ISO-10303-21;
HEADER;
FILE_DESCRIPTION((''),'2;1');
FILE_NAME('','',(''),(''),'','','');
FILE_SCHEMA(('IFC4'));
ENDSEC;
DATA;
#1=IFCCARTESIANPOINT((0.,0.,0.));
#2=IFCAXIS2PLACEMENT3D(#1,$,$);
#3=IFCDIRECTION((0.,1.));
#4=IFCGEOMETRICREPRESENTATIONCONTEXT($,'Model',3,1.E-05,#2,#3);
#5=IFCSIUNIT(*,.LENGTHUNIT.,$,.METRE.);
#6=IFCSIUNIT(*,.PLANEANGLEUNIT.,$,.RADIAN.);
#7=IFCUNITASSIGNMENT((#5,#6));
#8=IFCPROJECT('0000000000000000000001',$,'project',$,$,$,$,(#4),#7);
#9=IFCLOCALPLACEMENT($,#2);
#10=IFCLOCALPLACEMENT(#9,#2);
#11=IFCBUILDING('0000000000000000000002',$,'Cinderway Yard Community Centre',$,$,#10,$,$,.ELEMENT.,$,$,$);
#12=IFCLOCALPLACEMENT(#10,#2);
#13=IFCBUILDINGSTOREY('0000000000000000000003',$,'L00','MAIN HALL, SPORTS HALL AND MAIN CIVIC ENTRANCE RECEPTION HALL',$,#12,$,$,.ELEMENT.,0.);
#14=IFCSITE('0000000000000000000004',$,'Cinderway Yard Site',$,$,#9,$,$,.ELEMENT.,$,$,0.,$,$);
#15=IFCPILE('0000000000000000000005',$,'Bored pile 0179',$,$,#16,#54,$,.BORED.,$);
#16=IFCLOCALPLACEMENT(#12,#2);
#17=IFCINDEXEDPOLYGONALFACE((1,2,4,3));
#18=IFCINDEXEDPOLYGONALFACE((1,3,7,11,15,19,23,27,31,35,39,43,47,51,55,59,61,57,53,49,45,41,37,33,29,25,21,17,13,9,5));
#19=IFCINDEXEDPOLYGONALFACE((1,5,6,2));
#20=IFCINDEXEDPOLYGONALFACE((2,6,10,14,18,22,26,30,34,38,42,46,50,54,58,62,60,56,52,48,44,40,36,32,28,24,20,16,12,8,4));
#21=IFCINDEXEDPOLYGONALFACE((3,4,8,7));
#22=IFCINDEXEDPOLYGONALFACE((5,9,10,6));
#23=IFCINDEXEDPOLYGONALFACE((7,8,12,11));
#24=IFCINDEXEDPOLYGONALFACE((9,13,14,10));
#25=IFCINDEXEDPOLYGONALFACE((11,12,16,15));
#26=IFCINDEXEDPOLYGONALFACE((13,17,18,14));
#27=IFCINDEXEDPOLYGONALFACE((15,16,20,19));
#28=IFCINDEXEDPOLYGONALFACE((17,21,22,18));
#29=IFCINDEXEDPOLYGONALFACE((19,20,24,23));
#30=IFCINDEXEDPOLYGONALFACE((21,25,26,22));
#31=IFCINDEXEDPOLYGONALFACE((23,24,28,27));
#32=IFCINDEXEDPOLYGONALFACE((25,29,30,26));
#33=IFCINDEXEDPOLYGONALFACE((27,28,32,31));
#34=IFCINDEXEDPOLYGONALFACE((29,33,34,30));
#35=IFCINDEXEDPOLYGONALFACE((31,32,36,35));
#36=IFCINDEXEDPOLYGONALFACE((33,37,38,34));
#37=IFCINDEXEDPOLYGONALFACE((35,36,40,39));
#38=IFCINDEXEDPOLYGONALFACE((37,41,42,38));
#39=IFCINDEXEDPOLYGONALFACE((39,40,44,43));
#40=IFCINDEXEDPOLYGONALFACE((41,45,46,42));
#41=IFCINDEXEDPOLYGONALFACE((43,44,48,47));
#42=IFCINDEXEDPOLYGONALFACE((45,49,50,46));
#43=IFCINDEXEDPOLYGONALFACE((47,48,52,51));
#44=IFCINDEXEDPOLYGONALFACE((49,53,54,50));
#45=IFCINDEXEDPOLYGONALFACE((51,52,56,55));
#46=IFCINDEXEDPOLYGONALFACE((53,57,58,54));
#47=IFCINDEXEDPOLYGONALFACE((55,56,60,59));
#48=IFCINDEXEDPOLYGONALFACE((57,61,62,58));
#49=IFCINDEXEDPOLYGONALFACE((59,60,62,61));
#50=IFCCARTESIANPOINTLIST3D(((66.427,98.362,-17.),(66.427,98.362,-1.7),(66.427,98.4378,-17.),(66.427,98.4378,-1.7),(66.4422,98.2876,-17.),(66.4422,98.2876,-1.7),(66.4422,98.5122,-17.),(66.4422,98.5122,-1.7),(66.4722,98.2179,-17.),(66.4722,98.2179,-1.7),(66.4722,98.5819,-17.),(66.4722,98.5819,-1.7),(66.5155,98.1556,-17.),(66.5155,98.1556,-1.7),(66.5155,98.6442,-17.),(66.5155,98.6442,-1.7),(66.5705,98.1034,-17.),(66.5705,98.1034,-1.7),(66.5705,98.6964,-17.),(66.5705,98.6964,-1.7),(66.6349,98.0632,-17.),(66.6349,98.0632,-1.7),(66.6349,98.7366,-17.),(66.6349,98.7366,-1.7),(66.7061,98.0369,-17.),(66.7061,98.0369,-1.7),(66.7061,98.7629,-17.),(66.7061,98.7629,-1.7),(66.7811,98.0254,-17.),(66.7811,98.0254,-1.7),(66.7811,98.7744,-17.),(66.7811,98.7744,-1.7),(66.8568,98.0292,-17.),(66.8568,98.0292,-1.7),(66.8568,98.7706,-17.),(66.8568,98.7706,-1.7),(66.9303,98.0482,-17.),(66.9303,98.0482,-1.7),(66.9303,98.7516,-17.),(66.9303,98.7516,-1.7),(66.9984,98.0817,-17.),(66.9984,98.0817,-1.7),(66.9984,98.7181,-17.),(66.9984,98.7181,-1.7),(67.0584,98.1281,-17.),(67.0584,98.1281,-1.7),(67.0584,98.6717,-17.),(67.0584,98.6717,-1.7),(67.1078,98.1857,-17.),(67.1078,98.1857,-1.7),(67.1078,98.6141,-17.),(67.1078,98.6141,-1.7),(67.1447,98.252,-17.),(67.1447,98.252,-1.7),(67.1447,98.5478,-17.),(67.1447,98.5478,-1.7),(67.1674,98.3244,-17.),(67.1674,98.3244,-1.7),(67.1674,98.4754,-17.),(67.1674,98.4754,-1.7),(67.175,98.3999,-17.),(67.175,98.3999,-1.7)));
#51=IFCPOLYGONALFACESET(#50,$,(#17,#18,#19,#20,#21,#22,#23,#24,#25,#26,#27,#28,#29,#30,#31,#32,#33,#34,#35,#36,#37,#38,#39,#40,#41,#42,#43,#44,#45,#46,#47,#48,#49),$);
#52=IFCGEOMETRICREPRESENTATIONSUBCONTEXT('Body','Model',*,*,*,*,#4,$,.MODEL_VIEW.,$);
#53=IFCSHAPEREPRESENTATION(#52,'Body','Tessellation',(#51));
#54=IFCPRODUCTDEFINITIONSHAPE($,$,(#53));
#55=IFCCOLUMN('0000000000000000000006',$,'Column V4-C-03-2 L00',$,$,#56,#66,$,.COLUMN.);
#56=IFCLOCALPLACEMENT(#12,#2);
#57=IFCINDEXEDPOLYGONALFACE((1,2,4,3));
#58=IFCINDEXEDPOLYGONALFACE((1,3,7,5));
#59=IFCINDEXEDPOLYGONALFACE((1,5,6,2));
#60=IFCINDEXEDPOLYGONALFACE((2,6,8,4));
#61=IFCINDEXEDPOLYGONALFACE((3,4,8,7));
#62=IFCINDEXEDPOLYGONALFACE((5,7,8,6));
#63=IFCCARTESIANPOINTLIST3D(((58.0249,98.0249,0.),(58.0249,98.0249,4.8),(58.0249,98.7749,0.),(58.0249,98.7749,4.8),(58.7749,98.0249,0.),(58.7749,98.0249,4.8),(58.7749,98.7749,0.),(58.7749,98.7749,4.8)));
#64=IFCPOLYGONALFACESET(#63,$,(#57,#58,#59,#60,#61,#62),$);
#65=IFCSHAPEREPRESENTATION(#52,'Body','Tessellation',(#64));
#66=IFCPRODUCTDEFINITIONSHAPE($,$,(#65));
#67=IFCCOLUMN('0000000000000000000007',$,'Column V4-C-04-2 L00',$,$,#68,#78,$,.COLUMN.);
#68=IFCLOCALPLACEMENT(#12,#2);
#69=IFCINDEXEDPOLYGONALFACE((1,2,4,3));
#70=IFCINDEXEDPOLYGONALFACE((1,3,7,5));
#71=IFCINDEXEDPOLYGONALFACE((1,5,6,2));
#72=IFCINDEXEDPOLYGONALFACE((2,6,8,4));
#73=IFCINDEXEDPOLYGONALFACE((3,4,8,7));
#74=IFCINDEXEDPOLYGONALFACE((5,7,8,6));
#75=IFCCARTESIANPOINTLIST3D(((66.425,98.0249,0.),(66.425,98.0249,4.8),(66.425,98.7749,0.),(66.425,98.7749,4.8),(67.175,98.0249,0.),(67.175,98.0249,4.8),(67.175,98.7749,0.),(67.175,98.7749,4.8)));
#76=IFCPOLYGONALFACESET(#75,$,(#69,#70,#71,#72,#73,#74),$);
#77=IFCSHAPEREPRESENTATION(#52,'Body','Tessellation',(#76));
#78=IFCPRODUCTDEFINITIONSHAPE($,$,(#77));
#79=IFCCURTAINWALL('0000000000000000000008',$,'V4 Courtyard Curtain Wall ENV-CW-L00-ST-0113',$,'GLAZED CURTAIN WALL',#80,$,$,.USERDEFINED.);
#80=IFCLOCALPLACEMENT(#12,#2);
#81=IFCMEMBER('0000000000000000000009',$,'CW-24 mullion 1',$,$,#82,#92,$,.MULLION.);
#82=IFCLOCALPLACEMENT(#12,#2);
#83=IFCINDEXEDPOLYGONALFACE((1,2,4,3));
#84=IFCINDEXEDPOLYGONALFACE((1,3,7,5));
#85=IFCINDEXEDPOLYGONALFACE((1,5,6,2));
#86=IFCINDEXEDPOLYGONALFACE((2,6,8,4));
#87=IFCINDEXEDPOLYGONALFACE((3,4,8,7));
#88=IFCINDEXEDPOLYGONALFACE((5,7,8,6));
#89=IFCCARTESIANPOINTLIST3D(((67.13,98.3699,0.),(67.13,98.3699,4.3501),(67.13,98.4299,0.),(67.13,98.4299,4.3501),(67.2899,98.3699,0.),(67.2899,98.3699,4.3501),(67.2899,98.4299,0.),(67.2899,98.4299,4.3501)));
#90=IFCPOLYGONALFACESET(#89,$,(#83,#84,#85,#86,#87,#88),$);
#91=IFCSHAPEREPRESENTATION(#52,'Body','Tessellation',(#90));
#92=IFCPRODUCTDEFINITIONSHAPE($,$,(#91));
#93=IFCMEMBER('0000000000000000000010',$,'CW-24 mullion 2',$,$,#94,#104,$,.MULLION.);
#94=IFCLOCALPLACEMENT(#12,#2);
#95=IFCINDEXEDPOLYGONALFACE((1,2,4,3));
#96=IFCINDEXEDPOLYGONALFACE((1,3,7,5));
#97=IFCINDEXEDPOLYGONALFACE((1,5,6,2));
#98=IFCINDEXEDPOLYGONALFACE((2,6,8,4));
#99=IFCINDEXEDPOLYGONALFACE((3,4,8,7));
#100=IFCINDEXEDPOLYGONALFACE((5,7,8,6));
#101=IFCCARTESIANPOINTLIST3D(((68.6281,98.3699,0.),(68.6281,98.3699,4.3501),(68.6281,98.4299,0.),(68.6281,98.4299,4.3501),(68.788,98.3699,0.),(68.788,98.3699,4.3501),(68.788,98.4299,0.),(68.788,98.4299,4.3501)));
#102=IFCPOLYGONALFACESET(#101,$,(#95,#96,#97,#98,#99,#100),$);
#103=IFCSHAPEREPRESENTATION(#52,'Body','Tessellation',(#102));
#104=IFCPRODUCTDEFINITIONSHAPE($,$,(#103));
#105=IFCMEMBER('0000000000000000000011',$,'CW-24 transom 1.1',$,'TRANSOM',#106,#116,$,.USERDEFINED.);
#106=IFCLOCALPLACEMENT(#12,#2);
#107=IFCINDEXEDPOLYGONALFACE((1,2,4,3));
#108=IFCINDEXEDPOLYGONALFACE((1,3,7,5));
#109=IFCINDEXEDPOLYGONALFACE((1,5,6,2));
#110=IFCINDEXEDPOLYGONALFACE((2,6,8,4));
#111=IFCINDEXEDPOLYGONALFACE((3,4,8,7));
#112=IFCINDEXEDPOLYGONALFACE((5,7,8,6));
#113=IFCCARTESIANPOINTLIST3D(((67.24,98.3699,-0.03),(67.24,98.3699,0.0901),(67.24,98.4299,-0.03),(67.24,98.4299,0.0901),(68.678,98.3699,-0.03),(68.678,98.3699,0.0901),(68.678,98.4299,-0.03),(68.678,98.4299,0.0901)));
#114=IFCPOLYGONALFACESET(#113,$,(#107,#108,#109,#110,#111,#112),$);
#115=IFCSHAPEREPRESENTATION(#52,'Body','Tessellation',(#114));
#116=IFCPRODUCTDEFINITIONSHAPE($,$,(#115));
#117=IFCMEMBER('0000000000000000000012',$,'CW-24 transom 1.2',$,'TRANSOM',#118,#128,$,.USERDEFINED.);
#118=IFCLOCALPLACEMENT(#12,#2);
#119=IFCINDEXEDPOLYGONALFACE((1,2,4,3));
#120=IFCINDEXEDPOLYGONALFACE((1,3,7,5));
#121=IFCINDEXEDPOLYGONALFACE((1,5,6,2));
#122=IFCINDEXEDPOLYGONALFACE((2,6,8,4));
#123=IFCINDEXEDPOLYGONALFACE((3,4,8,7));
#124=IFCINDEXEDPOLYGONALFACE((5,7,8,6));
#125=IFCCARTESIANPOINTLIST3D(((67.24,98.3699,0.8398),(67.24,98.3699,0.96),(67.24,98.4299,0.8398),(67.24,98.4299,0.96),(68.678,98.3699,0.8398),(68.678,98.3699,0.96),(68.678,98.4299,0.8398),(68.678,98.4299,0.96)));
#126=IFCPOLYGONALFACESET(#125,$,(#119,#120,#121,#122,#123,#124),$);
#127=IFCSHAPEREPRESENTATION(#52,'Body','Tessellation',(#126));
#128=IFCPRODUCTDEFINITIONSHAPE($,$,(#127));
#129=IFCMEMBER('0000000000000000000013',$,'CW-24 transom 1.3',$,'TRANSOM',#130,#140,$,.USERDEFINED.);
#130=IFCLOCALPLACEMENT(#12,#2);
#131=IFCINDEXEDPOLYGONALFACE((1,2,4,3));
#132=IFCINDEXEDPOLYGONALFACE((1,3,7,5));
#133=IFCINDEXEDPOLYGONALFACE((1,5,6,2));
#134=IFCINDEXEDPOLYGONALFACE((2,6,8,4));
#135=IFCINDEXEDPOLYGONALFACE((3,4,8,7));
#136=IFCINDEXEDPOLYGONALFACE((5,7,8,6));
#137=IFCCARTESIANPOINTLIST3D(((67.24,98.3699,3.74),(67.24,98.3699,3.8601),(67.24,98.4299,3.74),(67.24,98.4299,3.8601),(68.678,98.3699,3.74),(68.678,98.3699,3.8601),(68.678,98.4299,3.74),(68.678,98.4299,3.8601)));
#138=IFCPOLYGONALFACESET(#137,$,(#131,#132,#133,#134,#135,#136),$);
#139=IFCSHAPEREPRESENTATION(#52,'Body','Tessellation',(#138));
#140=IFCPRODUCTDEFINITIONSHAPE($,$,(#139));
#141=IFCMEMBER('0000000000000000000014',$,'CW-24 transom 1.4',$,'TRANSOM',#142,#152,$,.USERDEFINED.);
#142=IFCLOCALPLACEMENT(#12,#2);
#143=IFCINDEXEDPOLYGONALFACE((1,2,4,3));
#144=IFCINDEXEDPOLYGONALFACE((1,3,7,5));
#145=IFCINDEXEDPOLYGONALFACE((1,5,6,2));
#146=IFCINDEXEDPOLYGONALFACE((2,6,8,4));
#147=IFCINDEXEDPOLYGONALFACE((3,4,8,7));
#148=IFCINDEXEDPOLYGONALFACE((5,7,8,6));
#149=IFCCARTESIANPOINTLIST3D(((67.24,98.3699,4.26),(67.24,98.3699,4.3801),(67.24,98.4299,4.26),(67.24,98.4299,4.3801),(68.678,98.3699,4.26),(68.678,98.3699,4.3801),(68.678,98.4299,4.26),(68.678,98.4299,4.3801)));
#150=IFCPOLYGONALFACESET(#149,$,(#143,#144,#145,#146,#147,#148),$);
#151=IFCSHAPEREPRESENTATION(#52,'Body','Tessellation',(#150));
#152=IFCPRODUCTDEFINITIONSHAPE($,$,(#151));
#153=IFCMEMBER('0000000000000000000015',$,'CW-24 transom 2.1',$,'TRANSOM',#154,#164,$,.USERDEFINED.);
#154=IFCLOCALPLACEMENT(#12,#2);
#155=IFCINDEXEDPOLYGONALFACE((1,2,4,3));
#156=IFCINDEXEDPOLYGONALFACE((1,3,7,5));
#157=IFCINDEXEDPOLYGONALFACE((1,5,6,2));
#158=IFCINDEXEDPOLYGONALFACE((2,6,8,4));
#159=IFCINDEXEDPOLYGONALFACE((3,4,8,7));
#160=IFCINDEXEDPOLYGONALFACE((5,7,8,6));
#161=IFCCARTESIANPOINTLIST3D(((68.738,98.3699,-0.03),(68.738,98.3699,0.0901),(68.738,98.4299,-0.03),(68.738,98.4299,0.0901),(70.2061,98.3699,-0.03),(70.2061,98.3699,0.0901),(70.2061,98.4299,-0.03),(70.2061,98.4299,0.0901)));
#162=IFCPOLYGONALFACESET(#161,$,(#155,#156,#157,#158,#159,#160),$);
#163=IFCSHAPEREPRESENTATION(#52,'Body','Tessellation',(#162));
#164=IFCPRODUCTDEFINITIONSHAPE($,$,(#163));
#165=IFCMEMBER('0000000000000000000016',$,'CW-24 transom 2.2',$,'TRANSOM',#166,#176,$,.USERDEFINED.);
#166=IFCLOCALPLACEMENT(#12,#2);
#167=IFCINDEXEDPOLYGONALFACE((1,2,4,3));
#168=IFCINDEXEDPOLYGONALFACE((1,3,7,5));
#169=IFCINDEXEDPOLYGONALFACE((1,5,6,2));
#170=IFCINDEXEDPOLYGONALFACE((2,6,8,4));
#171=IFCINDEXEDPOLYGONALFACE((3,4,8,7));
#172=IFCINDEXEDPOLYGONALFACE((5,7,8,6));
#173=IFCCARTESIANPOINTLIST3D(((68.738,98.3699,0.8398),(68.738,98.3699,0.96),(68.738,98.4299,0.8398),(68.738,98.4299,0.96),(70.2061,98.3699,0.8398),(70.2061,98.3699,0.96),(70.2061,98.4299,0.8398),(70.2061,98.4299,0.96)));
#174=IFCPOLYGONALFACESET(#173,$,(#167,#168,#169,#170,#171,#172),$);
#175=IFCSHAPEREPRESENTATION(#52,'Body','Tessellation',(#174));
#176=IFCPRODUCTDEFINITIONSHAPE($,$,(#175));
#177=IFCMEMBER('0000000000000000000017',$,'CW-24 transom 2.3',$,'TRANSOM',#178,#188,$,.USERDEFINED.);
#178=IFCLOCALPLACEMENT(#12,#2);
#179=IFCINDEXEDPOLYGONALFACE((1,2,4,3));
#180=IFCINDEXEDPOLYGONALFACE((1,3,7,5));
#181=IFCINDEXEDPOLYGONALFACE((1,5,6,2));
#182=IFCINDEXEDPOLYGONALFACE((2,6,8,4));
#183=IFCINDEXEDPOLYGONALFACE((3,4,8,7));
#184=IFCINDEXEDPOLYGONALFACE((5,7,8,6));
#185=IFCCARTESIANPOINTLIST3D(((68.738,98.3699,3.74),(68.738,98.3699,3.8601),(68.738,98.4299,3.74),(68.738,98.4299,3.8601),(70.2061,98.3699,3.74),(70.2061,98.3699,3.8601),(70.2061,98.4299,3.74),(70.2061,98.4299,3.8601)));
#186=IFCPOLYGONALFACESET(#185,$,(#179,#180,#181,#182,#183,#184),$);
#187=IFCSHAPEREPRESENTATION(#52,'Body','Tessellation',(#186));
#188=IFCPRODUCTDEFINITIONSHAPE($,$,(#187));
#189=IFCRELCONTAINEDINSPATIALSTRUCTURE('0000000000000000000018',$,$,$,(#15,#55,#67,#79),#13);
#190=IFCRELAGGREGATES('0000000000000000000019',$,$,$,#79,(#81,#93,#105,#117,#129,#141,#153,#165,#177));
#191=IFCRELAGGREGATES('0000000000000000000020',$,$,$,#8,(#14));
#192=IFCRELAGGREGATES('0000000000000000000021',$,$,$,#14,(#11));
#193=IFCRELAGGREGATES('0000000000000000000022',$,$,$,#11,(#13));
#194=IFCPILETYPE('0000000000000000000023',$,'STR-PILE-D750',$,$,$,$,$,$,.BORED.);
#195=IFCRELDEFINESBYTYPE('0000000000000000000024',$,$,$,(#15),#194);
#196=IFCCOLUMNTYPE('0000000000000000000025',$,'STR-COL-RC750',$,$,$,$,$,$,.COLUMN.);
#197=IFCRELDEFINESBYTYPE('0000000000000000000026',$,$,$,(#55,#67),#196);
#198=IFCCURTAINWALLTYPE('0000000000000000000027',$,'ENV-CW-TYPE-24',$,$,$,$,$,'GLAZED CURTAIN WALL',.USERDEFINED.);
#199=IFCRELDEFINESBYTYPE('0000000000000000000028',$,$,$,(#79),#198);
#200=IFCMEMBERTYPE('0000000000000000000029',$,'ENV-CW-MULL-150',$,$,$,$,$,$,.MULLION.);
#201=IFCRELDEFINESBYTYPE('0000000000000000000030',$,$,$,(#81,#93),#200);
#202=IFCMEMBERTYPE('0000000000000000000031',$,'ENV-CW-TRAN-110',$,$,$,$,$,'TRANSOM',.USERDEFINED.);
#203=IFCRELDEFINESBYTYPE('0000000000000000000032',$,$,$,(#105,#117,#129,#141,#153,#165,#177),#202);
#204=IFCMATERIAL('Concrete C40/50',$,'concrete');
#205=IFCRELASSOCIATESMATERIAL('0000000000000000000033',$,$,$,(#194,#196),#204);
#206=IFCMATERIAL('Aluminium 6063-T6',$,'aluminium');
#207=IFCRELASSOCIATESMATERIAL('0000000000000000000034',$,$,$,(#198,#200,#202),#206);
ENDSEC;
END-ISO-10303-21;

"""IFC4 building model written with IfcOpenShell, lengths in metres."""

from ifc_helpers import new_model, si_unit, direction, frame, origin, origin_2d, place, context, subcontext, project, spatial, rectangle, circle, extrude, material, material_profile, profile_set, type_object, element, aggregate, save


model = new_model("IFC4")

# Units and contexts
model_context = context("Model", 3, precision=1e-05, world=origin(), true_north=direction((0.0, 1.0)))
body_context = subcontext(model_context, "Body", "Model", "MODEL_VIEW")
ifc_project = project(units=[si_unit("LENGTHUNIT", "METRE"), si_unit("PLANEANGLEUNIT", "RADIAN")], contexts=[model_context])

# Site, building, storey
site_placement = place(None, origin())
site = spatial("IfcSite", under=ifc_project, at=site_placement, Name="Cinderway Yard Site", CompositionType="ELEMENT", RefElevation=0.0)
building_placement = place(site_placement, origin())
building = spatial("IfcBuilding", under=site, at=building_placement, Name="Cinderway Yard Community Centre", CompositionType="ELEMENT")
storey_placement = place(building_placement, origin())
storey = spatial("IfcBuildingStorey", under=building, at=storey_placement, Name="L00", Description="MAIN HALL, SPORTS HALL AND MAIN CIVIC ENTRANCE RECEPTION HALL", CompositionType="ELEMENT", Elevation=0.0)

# Shared definitions
ifc_material_1 = material(Name="Concrete C40/50", Category="concrete")

# Pile
ifc_material_profile_1 = material_profile(ifc_material_1, circle(Radius=0.375, at=origin_2d()), Name="Concrete C40/50")
ifc_profile_set_1 = profile_set([ifc_material_profile_1], Name="Concrete C40/50")
pile_type_1 = type_object("IfcPileType", Name="STR-PILE-D750", PredefinedType="BORED", material=ifc_profile_set_1)
pile_placement = place(storey_placement, frame((66.8, 98.3999, -1.7), z_axis=(0.0, 0.0, -1.0), x_axis=(1.0, 0.0, 0.0)))
element("IfcPile", 1, at=pile_placement, inside=storey, type_object=pile_type_1, Name="Bored pile 0179", PredefinedType="BORED", context=body_context, shape_type="SweptSolid", body=[
    extrude(circle(Radius=0.375, at=origin_2d()), origin(), (0.0, 0.0, 1.0), 15.3),
])

# Columns
ifc_material_profile_2 = material_profile(ifc_material_1, rectangle(XDim=0.75, YDim=0.75, at=origin_2d()), Name="Concrete C40/50")
ifc_profile_set_2 = profile_set([ifc_material_profile_2], Name="Concrete C40/50")
column_type = type_object("IfcColumnType", Name="STR-COL-RC750", PredefinedType="COLUMN", material=ifc_profile_set_2)
for number, where, z_axis, x_axis, name in (
    (2, (58.3999, 98.3999, 0.0), (0.0, 0.0, 1.0), (1.0, 0.0, 0.0), "Column V4-C-03-2 L00"),
    (3, (66.8, 98.3999, 0.0), (0.0, 0.0, 1.0), (1.0, 0.0, 0.0), "Column V4-C-04-2 L00"),
):
    element("IfcColumn", number, at=place(storey_placement, frame(where, z_axis=z_axis, x_axis=x_axis)), inside=storey, type_object=column_type, Name=name, PredefinedType="COLUMN", context=body_context, shape_type="SweptSolid", body=[
        extrude(rectangle(XDim=0.75, YDim=0.75, at=origin_2d()), origin(), (0.0, 0.0, 1.0), 4.8),
    ])

# Curtain wall, members
ifc_material_2 = material(Name="Aluminium 6063-T6", Category="aluminium")
curtain_wall_type = type_object("IfcCurtainWallType", Name="ENV-CW-TYPE-24", ElementType="GLAZED CURTAIN WALL", PredefinedType="USERDEFINED", material=ifc_material_2)
curtain_wall_placement = place(storey_placement, origin())
curtain_wall = element("IfcCurtainWall", 4, at=curtain_wall_placement, inside=storey, type_object=curtain_wall_type, Name="V4 Courtyard Curtain Wall ENV-CW-L00-ST-0113", ObjectType="GLAZED CURTAIN WALL", PredefinedType="USERDEFINED")
ifc_material_profile_3 = material_profile(ifc_material_2, rectangle(XDim=0.0601, YDim=0.1599, at=origin_2d()), Name="Aluminium 6063-T6")
ifc_profile_set_3 = profile_set([ifc_material_profile_3], Name="Aluminium 6063-T6")
member_type_1 = type_object("IfcMemberType", Name="ENV-CW-MULL-150", PredefinedType="MULLION", material=ifc_profile_set_3)
member_1_placement = place(storey_placement, frame((67.21, 98.3999, 0.0), z_axis=(0.0, 0.0, 1.0), x_axis=(0.0, 1.0, 0.0)))
member_1 = element("IfcMember", 5, at=member_1_placement, type_object=member_type_1, Name="CW-24 mullion 1", PredefinedType="MULLION", context=body_context, shape_type="SweptSolid", body=[
    extrude(rectangle(XDim=0.0601, YDim=0.1599, at=origin_2d()), origin(), (0.0, 0.0, 1.0), 4.3501),
])
member_2_placement = place(storey_placement, frame((68.708, 98.3999, 0.0), z_axis=(0.0, 0.0, 1.0), x_axis=(0.0, 1.0, 0.0)))
member_2 = element("IfcMember", 6, at=member_2_placement, type_object=member_type_1, Name="CW-24 mullion 2", PredefinedType="MULLION", context=body_context, shape_type="SweptSolid", body=[
    extrude(rectangle(XDim=0.0601, YDim=0.1599, at=origin_2d()), origin(), (0.0, 0.0, 1.0), 4.3501),
])
ifc_material_profile_4 = material_profile(ifc_material_2, rectangle(XDim=0.0601, YDim=0.1201, at=origin_2d()), Name="Aluminium 6063-T6")
ifc_profile_set_4 = profile_set([ifc_material_profile_4], Name="Aluminium 6063-T6")
member_type_2 = type_object("IfcMemberType", Name="ENV-CW-TRAN-110", ElementType="TRANSOM", PredefinedType="USERDEFINED", material=ifc_profile_set_4)
member_3_placement = place(storey_placement, frame((67.24, 98.3999, 0.03), z_axis=(1.0, 0.0, 0.0), x_axis=(0.0, 1.0, 0.0)))
member_3 = element("IfcMember", 7, at=member_3_placement, type_object=member_type_2, Name="CW-24 transom 1.1", ObjectType="TRANSOM", PredefinedType="USERDEFINED", context=body_context, shape_type="SweptSolid", body=[
    extrude(rectangle(XDim=0.0601, YDim=0.1201, at=origin_2d()), origin(), (0.0, 0.0, 1.0), 1.438),
])
member_4_placement = place(storey_placement, frame((67.24, 98.3999, 0.8999), z_axis=(1.0, 0.0, 0.0), x_axis=(0.0, 1.0, 0.0)))
member_4 = element("IfcMember", 8, at=member_4_placement, type_object=member_type_2, Name="CW-24 transom 1.2", ObjectType="TRANSOM", PredefinedType="USERDEFINED", context=body_context, shape_type="SweptSolid", body=[
    extrude(rectangle(XDim=0.0601, YDim=0.1201, at=origin_2d()), origin(), (0.0, 0.0, 1.0), 1.438),
])
member_5_placement = place(storey_placement, frame((67.24, 98.3999, 3.8), z_axis=(1.0, 0.0, 0.0), x_axis=(0.0, 1.0, 0.0)))
member_5 = element("IfcMember", 9, at=member_5_placement, type_object=member_type_2, Name="CW-24 transom 1.3", ObjectType="TRANSOM", PredefinedType="USERDEFINED", context=body_context, shape_type="SweptSolid", body=[
    extrude(rectangle(XDim=0.0601, YDim=0.1201, at=origin_2d()), origin(), (0.0, 0.0, 1.0), 1.438),
])
member_6_placement = place(storey_placement, frame((67.24, 98.3999, 4.3201), z_axis=(1.0, 0.0, 0.0), x_axis=(0.0, 1.0, 0.0)))
member_6 = element("IfcMember", 10, at=member_6_placement, type_object=member_type_2, Name="CW-24 transom 1.4", ObjectType="TRANSOM", PredefinedType="USERDEFINED", context=body_context, shape_type="SweptSolid", body=[
    extrude(rectangle(XDim=0.0601, YDim=0.1201, at=origin_2d()), origin(), (0.0, 0.0, 1.0), 1.438),
])
member_7_placement = place(storey_placement, frame((68.738, 98.3999, 0.03), z_axis=(1.0, 0.0, 0.0), x_axis=(0.0, 1.0, 0.0)))
member_7 = element("IfcMember", 11, at=member_7_placement, type_object=member_type_2, Name="CW-24 transom 2.1", ObjectType="TRANSOM", PredefinedType="USERDEFINED", context=body_context, shape_type="SweptSolid", body=[
    extrude(rectangle(XDim=0.0601, YDim=0.1201, at=origin_2d()), origin(), (0.0, 0.0, 1.0), 1.468),
])
member_8_placement = place(storey_placement, frame((68.738, 98.3999, 0.8999), z_axis=(1.0, 0.0, 0.0), x_axis=(0.0, 1.0, 0.0)))
member_8 = element("IfcMember", 12, at=member_8_placement, type_object=member_type_2, Name="CW-24 transom 2.2", ObjectType="TRANSOM", PredefinedType="USERDEFINED", context=body_context, shape_type="SweptSolid", body=[
    extrude(rectangle(XDim=0.0601, YDim=0.1201, at=origin_2d()), origin(), (0.0, 0.0, 1.0), 1.468),
])
member_9_placement = place(storey_placement, frame((68.738, 98.3999, 3.8), z_axis=(1.0, 0.0, 0.0), x_axis=(0.0, 1.0, 0.0)))
member_9 = element("IfcMember", 13, at=member_9_placement, type_object=member_type_2, Name="CW-24 transom 2.3", ObjectType="TRANSOM", PredefinedType="USERDEFINED", context=body_context, shape_type="SweptSolid", body=[
    extrude(rectangle(XDim=0.0601, YDim=0.1201, at=origin_2d()), origin(), (0.0, 0.0, 1.0), 1.468),
])
aggregate(curtain_wall, [member_1, member_2, member_3, member_4, member_5, member_6, member_7, member_8, member_9])

save(model, "model.ifc")
